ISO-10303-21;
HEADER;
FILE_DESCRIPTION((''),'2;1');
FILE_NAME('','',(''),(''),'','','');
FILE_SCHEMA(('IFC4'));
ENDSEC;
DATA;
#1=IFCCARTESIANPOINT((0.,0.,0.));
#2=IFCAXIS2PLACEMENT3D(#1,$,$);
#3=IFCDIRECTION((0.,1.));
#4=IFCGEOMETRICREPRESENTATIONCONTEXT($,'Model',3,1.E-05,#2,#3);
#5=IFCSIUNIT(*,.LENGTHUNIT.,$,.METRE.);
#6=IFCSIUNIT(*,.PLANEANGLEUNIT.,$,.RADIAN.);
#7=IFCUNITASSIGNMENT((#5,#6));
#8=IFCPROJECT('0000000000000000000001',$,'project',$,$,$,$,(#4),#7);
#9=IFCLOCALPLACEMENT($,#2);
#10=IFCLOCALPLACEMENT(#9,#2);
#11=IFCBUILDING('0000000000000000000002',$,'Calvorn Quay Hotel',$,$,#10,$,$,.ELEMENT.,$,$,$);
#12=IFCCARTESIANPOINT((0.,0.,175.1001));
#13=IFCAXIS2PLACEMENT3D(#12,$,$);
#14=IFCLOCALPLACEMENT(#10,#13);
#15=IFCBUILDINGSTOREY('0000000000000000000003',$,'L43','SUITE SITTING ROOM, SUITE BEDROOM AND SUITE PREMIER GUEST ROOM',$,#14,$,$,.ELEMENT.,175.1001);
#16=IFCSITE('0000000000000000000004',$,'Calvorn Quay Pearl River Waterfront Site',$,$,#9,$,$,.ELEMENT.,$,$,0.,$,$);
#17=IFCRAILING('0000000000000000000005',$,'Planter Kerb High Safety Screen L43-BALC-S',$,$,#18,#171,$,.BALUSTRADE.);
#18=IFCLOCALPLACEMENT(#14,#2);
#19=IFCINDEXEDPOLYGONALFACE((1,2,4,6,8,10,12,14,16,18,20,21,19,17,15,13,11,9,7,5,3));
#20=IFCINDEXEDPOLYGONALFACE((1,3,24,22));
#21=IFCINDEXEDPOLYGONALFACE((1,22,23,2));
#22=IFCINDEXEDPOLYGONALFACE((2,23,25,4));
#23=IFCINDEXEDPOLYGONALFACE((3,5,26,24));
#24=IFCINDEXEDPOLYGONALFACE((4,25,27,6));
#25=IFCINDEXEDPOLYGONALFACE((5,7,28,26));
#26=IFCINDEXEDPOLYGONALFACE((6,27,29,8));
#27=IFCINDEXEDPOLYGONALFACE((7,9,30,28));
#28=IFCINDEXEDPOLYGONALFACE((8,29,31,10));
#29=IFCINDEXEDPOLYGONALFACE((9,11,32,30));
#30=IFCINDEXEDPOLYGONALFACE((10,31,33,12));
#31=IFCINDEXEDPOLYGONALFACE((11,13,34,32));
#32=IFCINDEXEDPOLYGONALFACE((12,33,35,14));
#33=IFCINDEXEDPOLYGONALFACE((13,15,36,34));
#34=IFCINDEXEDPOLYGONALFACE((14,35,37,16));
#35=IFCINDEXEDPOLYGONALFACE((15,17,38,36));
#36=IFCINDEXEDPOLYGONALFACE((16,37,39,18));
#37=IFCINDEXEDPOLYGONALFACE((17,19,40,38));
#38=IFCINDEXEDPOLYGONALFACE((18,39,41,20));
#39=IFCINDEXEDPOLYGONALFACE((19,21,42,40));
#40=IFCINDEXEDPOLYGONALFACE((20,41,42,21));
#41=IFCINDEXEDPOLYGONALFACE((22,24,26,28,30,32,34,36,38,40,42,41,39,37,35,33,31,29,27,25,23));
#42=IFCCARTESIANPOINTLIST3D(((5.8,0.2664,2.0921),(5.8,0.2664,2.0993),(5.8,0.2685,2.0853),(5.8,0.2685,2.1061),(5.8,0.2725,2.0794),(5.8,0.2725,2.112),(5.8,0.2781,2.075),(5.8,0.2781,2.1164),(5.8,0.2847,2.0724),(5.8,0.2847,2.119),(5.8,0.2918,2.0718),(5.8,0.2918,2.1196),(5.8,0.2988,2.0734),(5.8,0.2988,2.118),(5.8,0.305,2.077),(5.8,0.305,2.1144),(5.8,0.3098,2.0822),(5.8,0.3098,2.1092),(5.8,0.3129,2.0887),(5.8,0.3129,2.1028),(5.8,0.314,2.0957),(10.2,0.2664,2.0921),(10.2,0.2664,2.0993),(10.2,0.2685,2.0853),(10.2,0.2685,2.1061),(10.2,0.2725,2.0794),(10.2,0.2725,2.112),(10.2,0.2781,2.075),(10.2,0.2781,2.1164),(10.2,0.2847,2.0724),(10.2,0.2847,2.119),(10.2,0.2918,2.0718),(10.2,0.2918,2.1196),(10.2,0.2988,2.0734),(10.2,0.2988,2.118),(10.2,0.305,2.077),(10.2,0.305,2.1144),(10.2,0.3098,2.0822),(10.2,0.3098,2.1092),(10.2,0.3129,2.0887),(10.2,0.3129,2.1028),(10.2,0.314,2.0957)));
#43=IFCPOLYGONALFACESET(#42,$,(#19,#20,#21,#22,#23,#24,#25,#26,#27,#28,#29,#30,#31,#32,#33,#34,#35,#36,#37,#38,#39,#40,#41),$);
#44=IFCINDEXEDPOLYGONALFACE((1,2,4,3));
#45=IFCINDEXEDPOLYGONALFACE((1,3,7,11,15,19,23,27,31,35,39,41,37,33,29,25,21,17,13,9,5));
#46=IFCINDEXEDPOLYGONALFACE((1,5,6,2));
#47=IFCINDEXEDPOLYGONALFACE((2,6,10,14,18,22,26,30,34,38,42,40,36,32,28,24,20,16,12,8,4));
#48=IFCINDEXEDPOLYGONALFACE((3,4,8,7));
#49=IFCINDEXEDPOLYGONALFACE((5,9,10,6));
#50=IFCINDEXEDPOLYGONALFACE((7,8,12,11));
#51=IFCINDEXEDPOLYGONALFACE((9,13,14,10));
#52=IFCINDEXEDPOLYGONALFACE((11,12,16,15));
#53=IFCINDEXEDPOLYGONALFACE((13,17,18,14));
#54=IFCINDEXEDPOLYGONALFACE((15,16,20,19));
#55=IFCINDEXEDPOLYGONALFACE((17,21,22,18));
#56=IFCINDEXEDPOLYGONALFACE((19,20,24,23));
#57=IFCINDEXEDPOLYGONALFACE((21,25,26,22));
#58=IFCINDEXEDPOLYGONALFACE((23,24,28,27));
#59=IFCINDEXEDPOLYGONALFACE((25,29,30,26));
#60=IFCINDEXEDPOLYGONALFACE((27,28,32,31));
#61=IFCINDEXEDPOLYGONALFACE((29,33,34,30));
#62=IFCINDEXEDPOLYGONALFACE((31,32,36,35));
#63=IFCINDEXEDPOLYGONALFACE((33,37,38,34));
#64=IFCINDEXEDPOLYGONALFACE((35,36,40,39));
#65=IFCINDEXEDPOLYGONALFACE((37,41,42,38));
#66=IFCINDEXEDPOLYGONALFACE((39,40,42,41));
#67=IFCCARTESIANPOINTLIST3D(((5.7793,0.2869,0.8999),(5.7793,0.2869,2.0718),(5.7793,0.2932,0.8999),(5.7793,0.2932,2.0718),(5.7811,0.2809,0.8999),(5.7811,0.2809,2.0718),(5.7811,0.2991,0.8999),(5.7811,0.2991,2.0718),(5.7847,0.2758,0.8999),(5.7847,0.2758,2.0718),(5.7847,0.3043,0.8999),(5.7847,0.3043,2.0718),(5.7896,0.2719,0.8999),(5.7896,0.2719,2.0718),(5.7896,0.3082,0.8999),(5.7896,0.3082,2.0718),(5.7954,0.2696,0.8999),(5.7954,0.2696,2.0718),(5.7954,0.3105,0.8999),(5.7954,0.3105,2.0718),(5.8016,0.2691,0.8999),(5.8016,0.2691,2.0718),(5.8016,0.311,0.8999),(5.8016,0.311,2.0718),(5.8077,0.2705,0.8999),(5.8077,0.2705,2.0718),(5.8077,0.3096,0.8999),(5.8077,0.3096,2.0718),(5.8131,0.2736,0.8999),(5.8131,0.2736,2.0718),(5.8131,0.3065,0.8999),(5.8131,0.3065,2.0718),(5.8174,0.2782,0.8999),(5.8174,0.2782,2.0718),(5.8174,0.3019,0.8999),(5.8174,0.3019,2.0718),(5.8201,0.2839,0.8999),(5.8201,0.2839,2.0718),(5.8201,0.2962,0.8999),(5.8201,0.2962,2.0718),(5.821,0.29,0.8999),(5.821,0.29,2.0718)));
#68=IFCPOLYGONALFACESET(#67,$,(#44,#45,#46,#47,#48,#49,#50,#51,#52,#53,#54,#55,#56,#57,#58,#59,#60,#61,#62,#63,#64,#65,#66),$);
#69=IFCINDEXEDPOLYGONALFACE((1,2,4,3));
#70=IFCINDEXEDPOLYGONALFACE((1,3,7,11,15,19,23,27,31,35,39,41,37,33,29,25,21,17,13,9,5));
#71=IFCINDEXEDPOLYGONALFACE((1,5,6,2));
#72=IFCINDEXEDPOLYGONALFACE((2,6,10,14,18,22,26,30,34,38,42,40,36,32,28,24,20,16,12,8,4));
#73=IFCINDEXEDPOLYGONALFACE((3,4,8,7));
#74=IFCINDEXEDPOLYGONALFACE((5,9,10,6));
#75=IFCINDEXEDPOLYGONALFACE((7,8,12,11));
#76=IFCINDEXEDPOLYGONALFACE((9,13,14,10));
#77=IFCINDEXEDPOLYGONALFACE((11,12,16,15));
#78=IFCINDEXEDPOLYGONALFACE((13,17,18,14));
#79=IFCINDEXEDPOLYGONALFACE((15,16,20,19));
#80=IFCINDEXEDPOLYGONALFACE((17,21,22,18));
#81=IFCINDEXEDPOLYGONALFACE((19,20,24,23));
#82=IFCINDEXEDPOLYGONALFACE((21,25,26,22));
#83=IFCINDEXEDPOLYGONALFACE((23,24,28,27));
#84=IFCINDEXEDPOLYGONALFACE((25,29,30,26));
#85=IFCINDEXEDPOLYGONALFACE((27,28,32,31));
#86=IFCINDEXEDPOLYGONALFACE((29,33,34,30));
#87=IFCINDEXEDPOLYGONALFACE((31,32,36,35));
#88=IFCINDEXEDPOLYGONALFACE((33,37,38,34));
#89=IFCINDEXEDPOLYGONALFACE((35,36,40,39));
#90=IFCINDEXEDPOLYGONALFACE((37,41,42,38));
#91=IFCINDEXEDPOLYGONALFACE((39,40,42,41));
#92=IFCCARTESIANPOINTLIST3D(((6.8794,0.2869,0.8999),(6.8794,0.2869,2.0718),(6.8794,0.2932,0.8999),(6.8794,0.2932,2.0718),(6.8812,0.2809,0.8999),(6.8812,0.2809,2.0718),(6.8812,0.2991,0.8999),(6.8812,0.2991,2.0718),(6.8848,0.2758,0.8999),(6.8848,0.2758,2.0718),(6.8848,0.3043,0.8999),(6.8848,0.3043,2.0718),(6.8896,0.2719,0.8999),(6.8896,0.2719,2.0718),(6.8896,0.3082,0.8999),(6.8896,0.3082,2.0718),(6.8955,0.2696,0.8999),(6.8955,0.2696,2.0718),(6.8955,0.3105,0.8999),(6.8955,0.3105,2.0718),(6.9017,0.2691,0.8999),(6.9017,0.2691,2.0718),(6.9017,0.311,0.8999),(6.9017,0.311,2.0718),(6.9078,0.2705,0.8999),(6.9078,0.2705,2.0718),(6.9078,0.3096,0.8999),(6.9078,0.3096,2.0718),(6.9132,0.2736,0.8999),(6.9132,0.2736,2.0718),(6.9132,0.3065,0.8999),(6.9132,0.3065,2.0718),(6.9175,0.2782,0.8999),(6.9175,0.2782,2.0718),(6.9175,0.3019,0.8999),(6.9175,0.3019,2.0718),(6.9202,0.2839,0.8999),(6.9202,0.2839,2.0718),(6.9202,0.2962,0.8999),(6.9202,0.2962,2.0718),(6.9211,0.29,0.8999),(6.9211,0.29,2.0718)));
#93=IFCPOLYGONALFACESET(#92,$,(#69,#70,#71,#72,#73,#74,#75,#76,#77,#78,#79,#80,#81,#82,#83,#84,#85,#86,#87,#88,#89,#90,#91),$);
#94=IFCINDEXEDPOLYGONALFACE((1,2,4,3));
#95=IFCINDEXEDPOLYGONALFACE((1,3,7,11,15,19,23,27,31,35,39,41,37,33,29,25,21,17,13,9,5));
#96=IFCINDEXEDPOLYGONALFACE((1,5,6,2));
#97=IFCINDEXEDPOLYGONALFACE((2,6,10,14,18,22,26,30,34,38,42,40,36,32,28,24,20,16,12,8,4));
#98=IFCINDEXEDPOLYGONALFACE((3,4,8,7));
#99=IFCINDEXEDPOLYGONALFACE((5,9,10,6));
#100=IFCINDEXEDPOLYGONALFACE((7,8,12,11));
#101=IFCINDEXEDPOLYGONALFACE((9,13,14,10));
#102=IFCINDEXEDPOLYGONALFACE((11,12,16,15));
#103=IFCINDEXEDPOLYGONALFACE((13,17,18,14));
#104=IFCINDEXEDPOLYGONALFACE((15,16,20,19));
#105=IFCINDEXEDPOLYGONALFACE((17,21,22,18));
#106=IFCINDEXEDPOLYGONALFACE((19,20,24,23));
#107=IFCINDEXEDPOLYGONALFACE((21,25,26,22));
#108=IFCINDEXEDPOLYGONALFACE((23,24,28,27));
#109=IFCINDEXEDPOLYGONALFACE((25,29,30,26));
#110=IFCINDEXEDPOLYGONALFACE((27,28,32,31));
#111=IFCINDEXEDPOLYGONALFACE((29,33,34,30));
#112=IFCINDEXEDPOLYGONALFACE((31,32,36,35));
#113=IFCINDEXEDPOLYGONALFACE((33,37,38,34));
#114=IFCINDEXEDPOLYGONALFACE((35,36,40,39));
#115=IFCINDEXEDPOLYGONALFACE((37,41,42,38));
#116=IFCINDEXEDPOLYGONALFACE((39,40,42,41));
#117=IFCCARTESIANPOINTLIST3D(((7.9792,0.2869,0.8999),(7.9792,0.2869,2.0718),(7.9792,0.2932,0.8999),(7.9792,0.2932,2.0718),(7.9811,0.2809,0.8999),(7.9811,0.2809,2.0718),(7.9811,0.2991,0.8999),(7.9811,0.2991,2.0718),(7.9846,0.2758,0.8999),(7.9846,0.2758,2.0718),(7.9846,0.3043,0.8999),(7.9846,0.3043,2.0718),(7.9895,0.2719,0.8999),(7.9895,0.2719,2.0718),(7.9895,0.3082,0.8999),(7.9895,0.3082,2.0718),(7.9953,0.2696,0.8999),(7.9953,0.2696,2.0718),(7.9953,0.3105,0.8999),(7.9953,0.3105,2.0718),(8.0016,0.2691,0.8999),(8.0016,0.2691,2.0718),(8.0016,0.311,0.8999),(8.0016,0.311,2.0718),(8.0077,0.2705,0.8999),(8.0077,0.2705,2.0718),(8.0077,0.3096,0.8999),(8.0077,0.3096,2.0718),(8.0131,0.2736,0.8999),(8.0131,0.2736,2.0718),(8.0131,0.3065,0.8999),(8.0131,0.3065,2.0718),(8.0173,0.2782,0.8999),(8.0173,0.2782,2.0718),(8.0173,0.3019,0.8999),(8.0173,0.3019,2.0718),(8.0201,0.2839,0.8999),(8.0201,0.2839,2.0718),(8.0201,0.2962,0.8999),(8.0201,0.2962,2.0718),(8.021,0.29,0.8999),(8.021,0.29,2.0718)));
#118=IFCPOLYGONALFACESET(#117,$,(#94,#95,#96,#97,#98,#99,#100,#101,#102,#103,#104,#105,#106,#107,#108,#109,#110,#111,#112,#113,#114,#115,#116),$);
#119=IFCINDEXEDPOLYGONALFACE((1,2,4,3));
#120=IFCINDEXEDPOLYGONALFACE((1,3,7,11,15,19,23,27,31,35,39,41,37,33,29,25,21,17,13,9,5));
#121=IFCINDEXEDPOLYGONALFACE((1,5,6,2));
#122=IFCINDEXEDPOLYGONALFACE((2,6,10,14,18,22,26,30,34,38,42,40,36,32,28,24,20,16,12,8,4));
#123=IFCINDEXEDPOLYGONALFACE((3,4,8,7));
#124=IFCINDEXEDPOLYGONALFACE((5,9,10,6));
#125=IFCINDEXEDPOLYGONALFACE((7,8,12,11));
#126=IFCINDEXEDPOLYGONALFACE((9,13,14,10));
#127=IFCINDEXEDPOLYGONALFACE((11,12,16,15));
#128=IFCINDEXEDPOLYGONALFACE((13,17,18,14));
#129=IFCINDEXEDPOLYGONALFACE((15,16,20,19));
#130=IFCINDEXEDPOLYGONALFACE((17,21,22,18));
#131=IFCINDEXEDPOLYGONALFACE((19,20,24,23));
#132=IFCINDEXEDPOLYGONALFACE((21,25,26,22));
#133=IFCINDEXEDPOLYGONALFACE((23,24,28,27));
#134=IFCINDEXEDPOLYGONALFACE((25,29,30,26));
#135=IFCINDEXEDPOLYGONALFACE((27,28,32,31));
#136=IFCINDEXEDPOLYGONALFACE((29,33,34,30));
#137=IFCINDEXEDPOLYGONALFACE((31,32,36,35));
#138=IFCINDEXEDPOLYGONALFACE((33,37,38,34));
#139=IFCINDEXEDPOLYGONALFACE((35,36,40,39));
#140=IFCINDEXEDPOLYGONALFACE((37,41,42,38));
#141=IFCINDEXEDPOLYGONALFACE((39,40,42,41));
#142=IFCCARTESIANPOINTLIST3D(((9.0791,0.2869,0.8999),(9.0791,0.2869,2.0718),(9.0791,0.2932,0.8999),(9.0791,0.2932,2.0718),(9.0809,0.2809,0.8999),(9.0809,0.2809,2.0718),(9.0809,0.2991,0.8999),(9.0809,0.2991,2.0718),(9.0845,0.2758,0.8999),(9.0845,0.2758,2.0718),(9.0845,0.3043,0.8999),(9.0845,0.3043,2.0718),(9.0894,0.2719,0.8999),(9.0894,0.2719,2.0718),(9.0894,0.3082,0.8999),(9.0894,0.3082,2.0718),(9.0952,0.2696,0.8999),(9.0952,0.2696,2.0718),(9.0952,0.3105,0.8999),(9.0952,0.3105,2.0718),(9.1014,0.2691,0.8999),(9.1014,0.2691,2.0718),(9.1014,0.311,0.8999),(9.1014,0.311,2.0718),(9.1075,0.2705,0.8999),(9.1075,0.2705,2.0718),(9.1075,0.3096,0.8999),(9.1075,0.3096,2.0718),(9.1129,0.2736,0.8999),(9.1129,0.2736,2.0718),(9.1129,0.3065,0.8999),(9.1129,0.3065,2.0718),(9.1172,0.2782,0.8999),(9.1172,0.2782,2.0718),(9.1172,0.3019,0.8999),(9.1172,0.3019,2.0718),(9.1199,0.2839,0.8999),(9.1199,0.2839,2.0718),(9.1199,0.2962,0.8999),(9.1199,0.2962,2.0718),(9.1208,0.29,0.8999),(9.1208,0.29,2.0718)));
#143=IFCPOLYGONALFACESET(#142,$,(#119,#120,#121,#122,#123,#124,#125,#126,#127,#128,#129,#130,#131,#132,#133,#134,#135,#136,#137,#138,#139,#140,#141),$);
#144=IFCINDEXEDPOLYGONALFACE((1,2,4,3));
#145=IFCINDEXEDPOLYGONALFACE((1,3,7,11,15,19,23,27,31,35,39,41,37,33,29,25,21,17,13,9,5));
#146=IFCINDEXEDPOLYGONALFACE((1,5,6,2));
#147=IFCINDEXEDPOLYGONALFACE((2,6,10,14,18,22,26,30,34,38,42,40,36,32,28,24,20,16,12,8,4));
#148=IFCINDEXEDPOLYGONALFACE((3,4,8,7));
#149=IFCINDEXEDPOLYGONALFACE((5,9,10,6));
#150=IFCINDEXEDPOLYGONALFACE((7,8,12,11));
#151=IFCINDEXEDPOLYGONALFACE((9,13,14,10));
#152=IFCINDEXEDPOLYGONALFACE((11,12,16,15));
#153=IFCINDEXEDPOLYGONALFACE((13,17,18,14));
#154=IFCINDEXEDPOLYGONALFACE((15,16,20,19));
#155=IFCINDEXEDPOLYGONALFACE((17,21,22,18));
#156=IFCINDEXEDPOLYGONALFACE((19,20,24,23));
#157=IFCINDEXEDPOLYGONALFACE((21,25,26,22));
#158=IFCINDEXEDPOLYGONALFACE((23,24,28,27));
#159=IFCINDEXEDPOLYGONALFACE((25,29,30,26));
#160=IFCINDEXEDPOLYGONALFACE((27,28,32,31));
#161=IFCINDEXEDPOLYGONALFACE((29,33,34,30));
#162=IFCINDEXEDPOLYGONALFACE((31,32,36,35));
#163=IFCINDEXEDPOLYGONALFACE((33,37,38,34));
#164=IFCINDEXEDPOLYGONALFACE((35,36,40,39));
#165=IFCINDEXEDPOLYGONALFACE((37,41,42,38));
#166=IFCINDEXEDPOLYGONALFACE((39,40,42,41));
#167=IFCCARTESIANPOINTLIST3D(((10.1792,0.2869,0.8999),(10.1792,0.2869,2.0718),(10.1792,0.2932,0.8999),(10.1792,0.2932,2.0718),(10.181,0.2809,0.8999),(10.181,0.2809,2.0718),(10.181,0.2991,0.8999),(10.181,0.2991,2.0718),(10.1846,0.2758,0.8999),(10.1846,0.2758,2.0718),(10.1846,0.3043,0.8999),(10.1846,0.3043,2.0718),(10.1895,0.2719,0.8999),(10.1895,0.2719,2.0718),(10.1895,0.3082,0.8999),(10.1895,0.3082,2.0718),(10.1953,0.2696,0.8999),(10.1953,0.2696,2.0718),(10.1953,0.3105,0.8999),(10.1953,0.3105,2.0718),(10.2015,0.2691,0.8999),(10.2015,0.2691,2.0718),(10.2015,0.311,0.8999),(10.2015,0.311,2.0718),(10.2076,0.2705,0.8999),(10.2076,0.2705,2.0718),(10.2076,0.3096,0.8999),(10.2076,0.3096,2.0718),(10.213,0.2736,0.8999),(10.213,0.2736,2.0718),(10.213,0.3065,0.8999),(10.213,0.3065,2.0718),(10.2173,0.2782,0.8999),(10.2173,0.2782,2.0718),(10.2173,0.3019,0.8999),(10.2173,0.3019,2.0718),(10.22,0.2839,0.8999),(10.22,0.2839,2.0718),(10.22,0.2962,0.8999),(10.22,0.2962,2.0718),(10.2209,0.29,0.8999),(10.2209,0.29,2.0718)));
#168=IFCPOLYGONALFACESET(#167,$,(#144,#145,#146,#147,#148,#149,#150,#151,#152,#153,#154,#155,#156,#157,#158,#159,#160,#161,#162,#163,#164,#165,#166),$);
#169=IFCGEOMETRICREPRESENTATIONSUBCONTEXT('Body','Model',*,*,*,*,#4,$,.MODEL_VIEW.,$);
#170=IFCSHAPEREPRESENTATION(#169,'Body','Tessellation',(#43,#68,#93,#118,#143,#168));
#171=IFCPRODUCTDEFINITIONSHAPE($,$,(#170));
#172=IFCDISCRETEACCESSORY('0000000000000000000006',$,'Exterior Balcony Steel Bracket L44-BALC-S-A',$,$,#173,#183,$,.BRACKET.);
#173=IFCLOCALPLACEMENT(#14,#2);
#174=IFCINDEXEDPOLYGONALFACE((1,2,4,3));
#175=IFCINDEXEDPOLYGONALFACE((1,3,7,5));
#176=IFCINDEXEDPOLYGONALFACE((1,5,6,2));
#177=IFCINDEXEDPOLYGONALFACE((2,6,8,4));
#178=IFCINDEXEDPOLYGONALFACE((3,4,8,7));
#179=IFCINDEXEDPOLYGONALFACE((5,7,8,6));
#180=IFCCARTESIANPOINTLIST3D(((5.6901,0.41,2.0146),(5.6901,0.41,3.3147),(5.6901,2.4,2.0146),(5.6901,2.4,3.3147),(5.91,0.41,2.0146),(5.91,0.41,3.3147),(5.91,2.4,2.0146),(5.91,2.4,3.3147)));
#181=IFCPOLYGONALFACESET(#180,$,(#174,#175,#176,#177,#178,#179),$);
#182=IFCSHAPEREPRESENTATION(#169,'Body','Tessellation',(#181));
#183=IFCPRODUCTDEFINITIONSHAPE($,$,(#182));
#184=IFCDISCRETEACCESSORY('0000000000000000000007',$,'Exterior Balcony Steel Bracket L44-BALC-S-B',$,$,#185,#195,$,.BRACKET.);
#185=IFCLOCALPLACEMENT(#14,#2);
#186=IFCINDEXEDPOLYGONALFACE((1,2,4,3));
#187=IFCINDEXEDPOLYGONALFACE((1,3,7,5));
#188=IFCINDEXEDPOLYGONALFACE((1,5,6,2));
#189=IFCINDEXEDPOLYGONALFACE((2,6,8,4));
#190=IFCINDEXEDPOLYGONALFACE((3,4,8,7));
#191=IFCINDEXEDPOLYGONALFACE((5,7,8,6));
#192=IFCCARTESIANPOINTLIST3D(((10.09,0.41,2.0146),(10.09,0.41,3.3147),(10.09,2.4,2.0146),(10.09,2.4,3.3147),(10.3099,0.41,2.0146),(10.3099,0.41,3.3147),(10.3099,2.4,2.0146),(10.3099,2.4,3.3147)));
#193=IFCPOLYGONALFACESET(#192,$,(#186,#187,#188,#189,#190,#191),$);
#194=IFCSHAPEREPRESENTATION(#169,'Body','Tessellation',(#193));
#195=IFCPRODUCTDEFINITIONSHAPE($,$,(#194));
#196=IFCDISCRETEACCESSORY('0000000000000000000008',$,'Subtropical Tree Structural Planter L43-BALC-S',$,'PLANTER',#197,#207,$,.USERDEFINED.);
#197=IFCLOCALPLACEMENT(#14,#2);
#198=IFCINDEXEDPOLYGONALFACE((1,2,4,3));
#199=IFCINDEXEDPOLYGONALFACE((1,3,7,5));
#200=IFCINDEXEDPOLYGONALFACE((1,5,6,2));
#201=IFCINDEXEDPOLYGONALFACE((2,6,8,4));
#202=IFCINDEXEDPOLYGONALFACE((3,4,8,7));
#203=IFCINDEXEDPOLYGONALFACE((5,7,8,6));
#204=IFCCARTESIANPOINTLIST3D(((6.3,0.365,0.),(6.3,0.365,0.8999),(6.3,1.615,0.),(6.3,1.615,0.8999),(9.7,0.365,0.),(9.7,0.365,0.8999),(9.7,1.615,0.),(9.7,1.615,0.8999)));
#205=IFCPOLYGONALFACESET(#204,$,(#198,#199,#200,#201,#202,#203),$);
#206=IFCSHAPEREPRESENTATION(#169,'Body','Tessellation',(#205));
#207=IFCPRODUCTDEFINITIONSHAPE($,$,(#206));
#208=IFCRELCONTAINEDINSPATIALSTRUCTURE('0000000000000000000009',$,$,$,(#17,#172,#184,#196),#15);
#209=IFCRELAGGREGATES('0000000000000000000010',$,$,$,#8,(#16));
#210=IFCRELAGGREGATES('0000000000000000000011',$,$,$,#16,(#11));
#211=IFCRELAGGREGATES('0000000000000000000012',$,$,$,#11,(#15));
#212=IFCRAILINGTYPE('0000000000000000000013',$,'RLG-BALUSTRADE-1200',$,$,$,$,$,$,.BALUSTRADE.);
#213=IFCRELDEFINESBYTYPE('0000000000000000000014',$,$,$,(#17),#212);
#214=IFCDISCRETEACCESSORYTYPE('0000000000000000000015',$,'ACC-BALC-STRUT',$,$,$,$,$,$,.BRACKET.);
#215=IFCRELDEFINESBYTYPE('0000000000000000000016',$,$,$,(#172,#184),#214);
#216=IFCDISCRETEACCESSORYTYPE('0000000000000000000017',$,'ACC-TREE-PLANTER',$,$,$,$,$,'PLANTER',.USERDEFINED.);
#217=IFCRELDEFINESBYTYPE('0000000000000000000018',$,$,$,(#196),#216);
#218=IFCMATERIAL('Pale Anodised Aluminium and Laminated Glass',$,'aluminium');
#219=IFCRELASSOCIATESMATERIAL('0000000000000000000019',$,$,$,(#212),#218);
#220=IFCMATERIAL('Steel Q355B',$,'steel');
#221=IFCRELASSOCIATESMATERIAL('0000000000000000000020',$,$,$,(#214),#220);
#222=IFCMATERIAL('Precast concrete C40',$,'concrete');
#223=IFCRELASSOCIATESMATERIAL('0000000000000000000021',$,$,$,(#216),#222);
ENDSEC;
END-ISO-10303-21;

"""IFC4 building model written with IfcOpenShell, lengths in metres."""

from ifc_helpers import new_model, si_unit, direction, frame, origin, origin_2d, place, context, subcontext, project, spatial, rectangle, circle, extrude, material, type_object, element, save


model = new_model("IFC4")

# Units and contexts
model_context = context("Model", 3, precision=1e-05, world=origin(), true_north=direction((0.0, 1.0)))
body_context = subcontext(model_context, "Body", "Model", "MODEL_VIEW")
ifc_project = project(units=[si_unit("LENGTHUNIT", "METRE"), si_unit("PLANEANGLEUNIT", "RADIAN")], contexts=[model_context])

# Site, building, storey
site_placement = place(None, origin())
site = spatial("IfcSite", under=ifc_project, at=site_placement, Name="Calvorn Quay Pearl River Waterfront Site", CompositionType="ELEMENT", RefElevation=0.0)
building_placement = place(site_placement, origin())
building = spatial("IfcBuilding", under=site, at=building_placement, Name="Calvorn Quay Hotel", CompositionType="ELEMENT")
storey_placement = place(building_placement, frame((0.0, 0.0, 175.1001)))
storey = spatial("IfcBuildingStorey", under=building, at=storey_placement, Name="L43", Description="SUITE SITTING ROOM, SUITE BEDROOM AND SUITE PREMIER GUEST ROOM", CompositionType="ELEMENT", Elevation=175.1001)

# Railing
ifc_material_1 = material(Name="Pale Anodised Aluminium and Laminated Glass", Category="aluminium")
railing_type = type_object("IfcRailingType", Name="RLG-BALUSTRADE-1200", PredefinedType="BALUSTRADE", material=ifc_material_1)
railing_1_placement = place(storey_placement, frame((5.8, 0.29, 0.8999)))
element("IfcRailing", 1, at=railing_1_placement, inside=storey, type_object=railing_type, Name="Planter Kerb High Safety Screen L43-BALC-S", PredefinedType="BALUSTRADE", context=body_context, shape_type="SweptSolid", body=[
    extrude(circle(Radius=0.0239, at=origin_2d()), frame((0.0, 0.0, 1.1958), z_axis=(1.0, 0.0, 0.0), x_axis=(0.0, 1.0, 0.0)), (0.0, 0.0, 1.0), 4.3999),
    extrude(circle(Radius=0.021, at=origin_2d()), origin(), (0.0, 0.0, 1.0), 1.1719),
    extrude(circle(Radius=0.021, at=origin_2d()), frame((1.1001, 0.0, 0.0)), (0.0, 0.0, 1.0), 1.1719),
    extrude(circle(Radius=0.021, at=origin_2d()), frame((2.2, 0.0, 0.0)), (0.0, 0.0, 1.0), 1.1719),
    extrude(circle(Radius=0.021, at=origin_2d()), frame((3.2998, 0.0, 0.0)), (0.0, 0.0, 1.0), 1.1719),
    extrude(circle(Radius=0.021, at=origin_2d()), frame((4.3999, 0.0, 0.0)), (0.0, 0.0, 1.0), 1.1719),
])

# Discrete accessories
ifc_material_2 = material(Name="Steel Q355B", Category="steel")
discrete_accessory_type_1 = type_object("IfcDiscreteAccessoryType", Name="ACC-BALC-STRUT", PredefinedType="BRACKET", material=ifc_material_2)
for number, where, z_axis, x_axis, name in (
    (2, (5.8, 1.405, 2.0146), (0.0, 0.0, 1.0), (1.0, 0.0, 0.0), "Exterior Balcony Steel Bracket L44-BALC-S-A"),
    (3, (10.2, 1.405, 2.0146), (0.0, 0.0, 1.0), (1.0, 0.0, 0.0), "Exterior Balcony Steel Bracket L44-BALC-S-B"),
):
    element("IfcDiscreteAccessory", number, at=place(storey_placement, frame(where, z_axis=z_axis, x_axis=x_axis)), inside=storey, type_object=discrete_accessory_type_1, Name=name, PredefinedType="BRACKET", context=body_context, shape_type="SweptSolid", body=[
        extrude(rectangle(XDim=0.22, YDim=1.99, at=origin_2d()), origin(), (0.0, 0.0, 1.0), 1.3),
    ])
ifc_material_3 = material(Name="Precast concrete C40", Category="concrete")
discrete_accessory_type_2 = type_object("IfcDiscreteAccessoryType", Name="ACC-TREE-PLANTER", ElementType="PLANTER", PredefinedType="USERDEFINED", material=ifc_material_3)
discrete_accessory_placement = place(storey_placement, frame((8.0, 0.99, 0.0), z_axis=(0.0, 0.0, 1.0), x_axis=(1.0, 0.0, 0.0)))
element("IfcDiscreteAccessory", 4, at=discrete_accessory_placement, inside=storey, type_object=discrete_accessory_type_2, Name="Subtropical Tree Structural Planter L43-BALC-S", ObjectType="PLANTER", PredefinedType="USERDEFINED", context=body_context, shape_type="SweptSolid", body=[
    extrude(rectangle(XDim=3.3999, YDim=1.25, at=origin_2d()), origin(), (0.0, 0.0, 1.0), 0.8999),
])

save(model, "model.ifc")
